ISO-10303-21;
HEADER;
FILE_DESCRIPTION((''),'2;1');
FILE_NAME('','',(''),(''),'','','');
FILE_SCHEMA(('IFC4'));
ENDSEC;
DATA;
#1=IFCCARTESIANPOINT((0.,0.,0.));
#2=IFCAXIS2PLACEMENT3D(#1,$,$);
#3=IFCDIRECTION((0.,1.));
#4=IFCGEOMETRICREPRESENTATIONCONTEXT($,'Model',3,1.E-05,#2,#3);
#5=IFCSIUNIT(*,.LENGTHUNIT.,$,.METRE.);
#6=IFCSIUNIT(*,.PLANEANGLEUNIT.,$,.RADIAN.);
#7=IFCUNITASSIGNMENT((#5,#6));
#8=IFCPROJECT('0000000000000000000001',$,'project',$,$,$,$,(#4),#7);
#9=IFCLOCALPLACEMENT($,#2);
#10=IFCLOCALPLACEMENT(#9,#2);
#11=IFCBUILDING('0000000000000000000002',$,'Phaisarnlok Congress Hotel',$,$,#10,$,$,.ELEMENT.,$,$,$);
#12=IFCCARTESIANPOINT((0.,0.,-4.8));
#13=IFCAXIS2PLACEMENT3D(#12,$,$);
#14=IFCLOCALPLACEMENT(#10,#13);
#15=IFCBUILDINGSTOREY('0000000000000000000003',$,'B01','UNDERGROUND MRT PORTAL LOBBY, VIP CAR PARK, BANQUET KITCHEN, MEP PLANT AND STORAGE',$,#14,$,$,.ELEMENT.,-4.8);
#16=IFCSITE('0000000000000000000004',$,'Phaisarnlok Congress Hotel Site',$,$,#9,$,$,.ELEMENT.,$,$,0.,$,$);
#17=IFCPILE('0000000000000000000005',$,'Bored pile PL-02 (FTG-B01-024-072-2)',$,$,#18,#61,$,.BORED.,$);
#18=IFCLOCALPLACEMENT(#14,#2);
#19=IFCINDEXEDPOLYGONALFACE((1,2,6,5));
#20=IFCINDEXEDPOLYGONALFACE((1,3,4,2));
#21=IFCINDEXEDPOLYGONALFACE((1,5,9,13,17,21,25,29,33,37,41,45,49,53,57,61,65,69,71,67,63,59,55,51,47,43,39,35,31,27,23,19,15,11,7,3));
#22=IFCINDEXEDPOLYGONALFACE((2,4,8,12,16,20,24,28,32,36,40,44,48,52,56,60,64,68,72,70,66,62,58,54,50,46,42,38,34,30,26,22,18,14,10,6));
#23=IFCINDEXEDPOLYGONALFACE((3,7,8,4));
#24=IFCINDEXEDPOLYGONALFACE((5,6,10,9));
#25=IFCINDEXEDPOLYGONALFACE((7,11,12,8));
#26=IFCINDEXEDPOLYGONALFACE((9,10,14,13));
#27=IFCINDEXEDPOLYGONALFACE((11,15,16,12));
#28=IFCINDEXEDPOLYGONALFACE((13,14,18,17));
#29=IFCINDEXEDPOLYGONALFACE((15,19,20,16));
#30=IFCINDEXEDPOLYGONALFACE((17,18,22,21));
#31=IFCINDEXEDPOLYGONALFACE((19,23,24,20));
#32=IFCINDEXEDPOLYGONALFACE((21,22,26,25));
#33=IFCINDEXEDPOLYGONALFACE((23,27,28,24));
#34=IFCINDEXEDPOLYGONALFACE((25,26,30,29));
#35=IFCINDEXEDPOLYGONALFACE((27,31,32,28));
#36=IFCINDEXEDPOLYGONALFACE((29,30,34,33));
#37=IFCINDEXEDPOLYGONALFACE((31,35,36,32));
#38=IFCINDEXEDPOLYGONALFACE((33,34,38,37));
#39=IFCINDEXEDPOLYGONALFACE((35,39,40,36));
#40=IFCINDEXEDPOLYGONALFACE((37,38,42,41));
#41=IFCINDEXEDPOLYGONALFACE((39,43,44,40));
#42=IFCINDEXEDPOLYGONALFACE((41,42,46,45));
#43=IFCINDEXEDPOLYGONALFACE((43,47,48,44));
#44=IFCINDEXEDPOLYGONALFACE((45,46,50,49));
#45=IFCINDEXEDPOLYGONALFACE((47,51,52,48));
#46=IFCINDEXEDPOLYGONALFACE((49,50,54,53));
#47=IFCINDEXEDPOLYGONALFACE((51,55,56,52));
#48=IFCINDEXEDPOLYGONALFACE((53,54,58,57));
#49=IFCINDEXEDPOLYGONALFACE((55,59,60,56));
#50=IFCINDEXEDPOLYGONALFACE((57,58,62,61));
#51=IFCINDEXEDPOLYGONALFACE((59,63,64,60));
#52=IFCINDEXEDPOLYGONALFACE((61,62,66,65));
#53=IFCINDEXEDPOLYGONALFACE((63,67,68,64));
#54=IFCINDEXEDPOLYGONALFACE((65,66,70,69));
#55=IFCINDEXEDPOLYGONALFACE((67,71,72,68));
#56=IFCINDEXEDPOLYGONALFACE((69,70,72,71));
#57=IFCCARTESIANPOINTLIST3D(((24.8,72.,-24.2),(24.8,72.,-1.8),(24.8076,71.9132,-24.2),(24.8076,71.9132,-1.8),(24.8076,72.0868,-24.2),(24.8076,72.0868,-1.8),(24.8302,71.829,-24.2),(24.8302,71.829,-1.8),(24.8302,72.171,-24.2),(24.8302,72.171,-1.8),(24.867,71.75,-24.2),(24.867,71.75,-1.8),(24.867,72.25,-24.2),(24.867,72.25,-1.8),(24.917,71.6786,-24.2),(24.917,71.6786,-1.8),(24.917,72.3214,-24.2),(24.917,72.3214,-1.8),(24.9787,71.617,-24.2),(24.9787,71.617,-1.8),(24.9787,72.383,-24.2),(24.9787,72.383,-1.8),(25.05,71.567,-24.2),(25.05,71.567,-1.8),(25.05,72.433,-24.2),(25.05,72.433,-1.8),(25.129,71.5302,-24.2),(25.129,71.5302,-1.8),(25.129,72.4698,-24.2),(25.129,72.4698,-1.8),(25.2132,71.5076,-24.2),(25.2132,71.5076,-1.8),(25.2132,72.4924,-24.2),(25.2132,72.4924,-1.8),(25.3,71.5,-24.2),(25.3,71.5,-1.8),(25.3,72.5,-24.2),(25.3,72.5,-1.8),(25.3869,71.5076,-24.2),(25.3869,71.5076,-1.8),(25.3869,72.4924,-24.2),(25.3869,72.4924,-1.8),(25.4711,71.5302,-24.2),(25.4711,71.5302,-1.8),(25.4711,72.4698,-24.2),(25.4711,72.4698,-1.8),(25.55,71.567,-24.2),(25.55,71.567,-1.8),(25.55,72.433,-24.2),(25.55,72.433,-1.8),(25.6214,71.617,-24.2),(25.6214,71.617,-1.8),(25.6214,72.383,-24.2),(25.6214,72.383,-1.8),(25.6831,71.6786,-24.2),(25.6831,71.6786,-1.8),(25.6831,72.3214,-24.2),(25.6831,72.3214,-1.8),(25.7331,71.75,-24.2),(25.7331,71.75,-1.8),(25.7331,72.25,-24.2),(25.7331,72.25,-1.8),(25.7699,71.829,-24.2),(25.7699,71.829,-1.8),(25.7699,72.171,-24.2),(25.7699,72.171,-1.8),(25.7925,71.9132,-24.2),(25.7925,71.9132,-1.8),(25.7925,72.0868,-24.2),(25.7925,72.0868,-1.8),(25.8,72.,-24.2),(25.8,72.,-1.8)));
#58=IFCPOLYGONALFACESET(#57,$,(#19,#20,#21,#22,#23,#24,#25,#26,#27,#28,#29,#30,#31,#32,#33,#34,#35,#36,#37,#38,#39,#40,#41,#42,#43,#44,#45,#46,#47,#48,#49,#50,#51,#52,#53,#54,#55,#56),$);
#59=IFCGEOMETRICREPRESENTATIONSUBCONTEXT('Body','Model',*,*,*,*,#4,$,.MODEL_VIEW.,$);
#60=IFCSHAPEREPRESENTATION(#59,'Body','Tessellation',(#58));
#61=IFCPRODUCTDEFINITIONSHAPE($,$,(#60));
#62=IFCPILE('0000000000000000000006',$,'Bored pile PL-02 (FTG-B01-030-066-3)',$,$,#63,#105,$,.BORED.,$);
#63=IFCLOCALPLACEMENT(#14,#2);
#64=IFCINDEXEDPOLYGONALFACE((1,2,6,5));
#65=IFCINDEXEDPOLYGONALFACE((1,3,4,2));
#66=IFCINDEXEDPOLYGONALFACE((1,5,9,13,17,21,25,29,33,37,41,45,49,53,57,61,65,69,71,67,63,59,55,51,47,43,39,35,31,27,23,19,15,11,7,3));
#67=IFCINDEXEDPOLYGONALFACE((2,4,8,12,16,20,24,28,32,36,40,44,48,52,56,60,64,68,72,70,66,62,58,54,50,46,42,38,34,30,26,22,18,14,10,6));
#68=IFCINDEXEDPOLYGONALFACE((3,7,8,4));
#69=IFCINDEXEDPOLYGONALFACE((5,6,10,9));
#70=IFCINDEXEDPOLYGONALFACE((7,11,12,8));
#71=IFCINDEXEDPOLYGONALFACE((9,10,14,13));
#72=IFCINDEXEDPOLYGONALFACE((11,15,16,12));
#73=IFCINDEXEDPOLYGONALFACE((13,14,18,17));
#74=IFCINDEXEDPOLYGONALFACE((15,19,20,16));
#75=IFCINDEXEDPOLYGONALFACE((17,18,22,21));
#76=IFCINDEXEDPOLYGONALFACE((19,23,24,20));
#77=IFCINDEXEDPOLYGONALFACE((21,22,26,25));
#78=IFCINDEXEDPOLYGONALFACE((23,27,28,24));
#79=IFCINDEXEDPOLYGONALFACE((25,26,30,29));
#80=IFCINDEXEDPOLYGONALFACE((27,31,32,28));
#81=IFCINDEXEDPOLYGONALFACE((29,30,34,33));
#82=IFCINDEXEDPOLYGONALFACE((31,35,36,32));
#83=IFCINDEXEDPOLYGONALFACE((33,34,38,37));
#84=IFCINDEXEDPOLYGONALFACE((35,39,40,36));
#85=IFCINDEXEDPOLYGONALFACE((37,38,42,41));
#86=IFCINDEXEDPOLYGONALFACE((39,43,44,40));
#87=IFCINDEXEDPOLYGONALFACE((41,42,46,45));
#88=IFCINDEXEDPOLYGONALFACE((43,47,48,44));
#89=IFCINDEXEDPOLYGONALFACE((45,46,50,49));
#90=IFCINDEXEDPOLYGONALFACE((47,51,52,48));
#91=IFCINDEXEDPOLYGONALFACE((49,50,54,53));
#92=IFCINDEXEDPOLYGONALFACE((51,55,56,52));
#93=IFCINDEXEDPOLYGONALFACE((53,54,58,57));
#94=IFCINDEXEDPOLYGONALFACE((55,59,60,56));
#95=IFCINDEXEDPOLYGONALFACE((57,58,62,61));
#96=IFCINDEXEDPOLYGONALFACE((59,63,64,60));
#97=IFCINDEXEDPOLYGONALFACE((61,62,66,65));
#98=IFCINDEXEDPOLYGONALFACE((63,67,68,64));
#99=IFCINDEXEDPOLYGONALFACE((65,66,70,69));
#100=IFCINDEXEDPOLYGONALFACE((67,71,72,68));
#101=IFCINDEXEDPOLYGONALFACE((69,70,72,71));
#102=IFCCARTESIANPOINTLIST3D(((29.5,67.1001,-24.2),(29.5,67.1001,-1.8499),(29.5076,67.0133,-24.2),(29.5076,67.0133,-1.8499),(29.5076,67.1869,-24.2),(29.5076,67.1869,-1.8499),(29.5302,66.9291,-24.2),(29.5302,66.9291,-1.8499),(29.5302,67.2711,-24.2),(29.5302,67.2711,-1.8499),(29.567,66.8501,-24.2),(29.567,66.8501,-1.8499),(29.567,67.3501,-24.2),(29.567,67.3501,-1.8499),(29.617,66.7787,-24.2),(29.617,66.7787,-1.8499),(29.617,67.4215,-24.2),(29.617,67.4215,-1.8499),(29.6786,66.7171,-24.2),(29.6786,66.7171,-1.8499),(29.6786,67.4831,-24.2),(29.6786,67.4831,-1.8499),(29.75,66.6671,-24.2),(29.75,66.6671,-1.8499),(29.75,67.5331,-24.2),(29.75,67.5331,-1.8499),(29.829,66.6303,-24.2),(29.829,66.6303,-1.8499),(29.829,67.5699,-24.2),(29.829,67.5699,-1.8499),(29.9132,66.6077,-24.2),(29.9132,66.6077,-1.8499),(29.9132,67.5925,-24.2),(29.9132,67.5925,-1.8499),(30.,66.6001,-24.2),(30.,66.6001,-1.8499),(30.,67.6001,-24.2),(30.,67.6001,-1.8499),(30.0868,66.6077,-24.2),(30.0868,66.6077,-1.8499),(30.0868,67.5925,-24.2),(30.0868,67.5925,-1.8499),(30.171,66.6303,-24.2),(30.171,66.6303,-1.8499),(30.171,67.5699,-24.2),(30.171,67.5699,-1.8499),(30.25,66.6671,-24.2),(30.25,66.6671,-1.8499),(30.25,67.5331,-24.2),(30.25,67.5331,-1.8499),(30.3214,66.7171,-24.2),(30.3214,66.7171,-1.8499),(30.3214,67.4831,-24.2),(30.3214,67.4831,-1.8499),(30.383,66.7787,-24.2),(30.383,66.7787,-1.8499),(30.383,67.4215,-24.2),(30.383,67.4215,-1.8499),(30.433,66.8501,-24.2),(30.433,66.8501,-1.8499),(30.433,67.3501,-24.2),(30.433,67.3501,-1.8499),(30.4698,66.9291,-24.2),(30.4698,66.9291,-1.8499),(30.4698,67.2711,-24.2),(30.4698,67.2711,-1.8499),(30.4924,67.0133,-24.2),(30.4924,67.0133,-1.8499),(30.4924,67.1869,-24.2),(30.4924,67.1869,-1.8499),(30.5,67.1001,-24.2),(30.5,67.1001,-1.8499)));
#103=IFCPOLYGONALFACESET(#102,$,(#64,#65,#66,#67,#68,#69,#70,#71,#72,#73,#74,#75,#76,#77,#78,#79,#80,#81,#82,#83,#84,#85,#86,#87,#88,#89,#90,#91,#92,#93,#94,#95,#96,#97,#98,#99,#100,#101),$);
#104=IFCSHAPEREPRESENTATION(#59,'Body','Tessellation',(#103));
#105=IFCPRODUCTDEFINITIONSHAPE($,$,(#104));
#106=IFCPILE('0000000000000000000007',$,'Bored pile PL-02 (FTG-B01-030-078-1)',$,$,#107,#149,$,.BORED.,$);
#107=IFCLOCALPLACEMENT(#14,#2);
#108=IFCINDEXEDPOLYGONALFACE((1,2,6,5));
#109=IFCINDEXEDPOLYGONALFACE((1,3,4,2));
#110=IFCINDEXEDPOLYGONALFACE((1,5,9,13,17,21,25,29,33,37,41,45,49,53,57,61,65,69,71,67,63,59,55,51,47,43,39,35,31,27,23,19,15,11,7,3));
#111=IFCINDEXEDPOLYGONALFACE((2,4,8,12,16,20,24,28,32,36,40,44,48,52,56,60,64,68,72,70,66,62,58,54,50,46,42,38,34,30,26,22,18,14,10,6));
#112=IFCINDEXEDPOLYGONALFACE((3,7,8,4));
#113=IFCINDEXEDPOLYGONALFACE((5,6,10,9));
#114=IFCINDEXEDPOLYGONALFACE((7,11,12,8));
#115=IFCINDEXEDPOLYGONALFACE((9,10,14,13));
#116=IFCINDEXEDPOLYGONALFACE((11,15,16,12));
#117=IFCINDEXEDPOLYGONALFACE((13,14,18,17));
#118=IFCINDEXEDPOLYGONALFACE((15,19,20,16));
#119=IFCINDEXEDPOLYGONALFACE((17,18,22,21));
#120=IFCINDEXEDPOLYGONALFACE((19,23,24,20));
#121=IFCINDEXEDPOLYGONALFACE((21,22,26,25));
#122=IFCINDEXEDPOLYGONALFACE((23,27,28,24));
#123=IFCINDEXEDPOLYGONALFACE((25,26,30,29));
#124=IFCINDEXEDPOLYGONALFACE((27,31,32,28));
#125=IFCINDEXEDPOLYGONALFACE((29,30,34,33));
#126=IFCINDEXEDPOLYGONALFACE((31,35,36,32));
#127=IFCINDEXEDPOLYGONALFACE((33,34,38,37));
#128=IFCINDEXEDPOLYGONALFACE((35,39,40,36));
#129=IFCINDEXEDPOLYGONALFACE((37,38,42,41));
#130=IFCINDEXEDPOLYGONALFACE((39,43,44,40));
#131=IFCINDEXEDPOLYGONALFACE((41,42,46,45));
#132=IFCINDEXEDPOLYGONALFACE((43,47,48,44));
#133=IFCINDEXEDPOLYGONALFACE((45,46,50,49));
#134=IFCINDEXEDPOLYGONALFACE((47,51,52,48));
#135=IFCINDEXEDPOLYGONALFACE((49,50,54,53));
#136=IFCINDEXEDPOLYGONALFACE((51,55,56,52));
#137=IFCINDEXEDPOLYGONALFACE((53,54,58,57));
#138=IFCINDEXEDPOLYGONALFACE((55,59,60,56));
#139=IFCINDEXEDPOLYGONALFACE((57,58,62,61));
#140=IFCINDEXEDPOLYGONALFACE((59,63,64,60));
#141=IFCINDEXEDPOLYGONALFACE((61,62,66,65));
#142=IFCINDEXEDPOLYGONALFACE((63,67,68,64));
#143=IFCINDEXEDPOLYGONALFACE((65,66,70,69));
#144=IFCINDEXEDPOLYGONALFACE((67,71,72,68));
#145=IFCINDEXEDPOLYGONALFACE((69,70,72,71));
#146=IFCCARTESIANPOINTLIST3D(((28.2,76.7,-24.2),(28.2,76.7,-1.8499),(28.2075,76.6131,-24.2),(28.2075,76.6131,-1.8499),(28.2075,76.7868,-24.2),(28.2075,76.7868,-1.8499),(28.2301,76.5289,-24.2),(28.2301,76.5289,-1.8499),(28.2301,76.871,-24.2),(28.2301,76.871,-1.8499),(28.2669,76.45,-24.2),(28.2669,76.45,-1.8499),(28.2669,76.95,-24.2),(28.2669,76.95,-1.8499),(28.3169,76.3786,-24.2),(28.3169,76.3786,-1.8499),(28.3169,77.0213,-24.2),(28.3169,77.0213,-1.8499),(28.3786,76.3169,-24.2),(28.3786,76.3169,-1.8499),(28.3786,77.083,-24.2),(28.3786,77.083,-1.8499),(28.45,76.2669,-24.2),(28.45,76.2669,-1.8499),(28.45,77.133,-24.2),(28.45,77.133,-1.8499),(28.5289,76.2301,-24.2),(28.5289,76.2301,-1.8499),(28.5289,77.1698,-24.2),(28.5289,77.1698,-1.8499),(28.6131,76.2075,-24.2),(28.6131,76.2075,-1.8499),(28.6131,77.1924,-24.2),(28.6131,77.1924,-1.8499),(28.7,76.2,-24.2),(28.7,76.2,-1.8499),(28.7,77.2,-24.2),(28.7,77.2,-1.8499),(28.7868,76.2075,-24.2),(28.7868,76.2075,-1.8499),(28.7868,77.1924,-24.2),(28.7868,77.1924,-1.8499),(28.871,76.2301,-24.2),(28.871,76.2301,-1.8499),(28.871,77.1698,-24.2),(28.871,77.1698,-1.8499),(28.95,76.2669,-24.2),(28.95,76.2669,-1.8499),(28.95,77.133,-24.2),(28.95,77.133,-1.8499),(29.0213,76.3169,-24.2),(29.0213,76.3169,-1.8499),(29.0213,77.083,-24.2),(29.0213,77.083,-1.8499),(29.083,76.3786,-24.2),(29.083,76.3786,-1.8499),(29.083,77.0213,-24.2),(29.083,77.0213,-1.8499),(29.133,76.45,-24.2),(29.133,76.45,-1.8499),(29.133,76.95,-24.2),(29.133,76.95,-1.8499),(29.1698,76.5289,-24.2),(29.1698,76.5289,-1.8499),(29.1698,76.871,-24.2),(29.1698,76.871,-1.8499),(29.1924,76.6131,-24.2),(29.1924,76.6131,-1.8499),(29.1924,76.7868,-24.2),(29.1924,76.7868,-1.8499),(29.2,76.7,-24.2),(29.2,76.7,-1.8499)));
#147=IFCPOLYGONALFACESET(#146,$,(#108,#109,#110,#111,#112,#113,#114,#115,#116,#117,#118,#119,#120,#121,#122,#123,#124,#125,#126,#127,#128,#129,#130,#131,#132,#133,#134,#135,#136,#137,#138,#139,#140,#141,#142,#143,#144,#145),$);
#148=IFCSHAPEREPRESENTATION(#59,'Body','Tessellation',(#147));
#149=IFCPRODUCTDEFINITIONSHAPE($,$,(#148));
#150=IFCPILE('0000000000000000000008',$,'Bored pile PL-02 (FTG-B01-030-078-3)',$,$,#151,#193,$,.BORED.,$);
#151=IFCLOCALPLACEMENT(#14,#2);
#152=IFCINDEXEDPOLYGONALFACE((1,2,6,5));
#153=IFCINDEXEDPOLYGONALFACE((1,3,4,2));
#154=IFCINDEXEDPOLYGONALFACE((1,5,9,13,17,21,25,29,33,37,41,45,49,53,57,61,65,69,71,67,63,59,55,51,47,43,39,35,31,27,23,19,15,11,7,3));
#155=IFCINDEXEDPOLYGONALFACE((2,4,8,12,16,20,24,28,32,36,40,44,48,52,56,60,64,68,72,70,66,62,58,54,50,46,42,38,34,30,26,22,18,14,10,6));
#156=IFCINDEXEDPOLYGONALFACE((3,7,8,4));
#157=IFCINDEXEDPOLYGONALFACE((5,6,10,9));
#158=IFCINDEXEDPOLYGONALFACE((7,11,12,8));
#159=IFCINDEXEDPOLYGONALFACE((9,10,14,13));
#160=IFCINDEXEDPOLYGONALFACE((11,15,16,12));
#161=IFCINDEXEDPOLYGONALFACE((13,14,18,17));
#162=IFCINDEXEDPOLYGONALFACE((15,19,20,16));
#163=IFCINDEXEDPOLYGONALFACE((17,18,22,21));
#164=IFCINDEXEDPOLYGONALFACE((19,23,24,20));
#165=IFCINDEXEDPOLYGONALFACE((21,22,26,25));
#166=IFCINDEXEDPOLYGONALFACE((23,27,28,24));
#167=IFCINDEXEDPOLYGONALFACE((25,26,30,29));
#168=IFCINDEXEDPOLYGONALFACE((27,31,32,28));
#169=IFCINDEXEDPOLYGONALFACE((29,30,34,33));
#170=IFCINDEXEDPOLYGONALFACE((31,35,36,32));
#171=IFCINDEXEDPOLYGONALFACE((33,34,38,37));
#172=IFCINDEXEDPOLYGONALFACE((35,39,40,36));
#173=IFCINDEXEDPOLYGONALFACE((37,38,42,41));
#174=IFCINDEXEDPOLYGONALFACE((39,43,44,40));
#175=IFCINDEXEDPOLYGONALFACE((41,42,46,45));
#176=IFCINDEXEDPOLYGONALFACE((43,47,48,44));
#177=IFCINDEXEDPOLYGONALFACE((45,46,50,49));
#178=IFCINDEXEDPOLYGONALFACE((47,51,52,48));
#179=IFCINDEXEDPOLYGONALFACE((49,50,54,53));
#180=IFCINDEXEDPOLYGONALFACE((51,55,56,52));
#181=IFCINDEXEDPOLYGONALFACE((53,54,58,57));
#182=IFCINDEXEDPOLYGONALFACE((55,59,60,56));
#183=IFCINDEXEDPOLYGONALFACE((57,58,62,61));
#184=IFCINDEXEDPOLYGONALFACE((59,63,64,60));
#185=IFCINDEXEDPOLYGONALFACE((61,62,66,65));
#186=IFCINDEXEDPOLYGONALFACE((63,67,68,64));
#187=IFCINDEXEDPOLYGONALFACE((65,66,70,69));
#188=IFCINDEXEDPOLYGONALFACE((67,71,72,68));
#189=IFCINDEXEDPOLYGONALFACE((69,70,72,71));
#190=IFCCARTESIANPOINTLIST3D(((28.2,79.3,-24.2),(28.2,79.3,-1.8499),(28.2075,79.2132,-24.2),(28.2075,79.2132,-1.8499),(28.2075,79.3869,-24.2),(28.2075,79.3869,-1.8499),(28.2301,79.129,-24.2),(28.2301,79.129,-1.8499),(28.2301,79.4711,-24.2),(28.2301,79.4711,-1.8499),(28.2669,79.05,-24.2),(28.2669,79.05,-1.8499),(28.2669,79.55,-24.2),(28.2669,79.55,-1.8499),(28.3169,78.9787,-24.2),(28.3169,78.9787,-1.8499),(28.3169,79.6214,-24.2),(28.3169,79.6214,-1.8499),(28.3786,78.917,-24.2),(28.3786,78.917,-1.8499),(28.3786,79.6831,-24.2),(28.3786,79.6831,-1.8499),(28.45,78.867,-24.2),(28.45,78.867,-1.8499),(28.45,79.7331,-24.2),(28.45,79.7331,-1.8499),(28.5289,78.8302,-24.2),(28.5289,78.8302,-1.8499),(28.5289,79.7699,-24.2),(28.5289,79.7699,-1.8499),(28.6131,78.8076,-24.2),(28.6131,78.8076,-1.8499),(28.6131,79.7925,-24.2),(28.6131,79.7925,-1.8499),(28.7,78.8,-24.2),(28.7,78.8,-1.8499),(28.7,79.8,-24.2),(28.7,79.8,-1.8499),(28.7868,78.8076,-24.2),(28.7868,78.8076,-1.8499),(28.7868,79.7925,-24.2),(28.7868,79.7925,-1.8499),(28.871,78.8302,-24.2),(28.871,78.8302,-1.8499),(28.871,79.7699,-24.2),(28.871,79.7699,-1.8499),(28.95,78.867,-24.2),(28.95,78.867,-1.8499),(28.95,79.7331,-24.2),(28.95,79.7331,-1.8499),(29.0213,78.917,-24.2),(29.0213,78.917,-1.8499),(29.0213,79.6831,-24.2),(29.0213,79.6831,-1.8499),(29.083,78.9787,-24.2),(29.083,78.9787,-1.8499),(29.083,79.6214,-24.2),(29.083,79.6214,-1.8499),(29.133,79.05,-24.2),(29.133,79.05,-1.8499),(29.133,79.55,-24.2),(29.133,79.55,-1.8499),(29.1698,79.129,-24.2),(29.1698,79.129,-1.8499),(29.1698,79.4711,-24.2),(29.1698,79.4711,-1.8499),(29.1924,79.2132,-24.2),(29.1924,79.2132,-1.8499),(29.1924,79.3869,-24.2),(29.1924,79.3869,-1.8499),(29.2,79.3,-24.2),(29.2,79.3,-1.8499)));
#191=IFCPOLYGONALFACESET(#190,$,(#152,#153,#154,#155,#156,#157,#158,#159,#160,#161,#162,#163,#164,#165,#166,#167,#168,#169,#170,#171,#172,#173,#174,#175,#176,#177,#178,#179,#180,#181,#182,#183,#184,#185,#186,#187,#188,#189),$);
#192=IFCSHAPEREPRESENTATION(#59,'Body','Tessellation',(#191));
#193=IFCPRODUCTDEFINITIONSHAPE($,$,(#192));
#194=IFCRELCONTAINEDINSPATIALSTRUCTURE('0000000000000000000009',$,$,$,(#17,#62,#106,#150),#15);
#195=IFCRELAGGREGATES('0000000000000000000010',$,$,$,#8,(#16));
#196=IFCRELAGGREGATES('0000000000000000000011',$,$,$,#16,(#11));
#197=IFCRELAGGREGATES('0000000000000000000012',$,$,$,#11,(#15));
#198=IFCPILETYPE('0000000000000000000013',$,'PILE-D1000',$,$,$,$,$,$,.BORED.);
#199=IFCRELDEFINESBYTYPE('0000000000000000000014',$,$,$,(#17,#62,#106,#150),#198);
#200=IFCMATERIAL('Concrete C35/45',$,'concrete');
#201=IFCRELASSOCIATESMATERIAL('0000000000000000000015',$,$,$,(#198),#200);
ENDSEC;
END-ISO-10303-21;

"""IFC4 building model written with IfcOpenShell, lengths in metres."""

from ifc_helpers import new_model, si_unit, direction, frame, origin, origin_2d, place, context, subcontext, project, spatial, circle, extrude, material, material_profile, profile_set, type_object, element, save


model = new_model("IFC4")

# Units and contexts
model_context = context("Model", 3, precision=1e-05, world=origin(), true_north=direction((0.0, 1.0)))
body_context = subcontext(model_context, "Body", "Model", "MODEL_VIEW")
ifc_project = project(units=[si_unit("LENGTHUNIT", "METRE"), si_unit("PLANEANGLEUNIT", "RADIAN")], contexts=[model_context])

# Site, building, storey
site_placement = place(None, origin())
site = spatial("IfcSite", under=ifc_project, at=site_placement, Name="Phaisarnlok Congress Hotel Site", CompositionType="ELEMENT", RefElevation=0.0)
building_placement = place(site_placement, origin())
building = spatial("IfcBuilding", under=site, at=building_placement, Name="Phaisarnlok Congress Hotel", CompositionType="ELEMENT")
storey_placement = place(building_placement, frame((0.0, 0.0, -4.8)))
storey = spatial("IfcBuildingStorey", under=building, at=storey_placement, Name="B01", Description="UNDERGROUND MRT PORTAL LOBBY, VIP CAR PARK, BANQUET KITCHEN, MEP PLANT AND STORAGE", CompositionType="ELEMENT", Elevation=-4.8)

# Piles
ifc_material_1 = material(Name="Concrete C35/45", Category="concrete")
ifc_material_profile_1 = material_profile(ifc_material_1, circle(Radius=0.5, at=origin_2d()), Name="BORED PILE D1000")
ifc_profile_set_1 = profile_set([ifc_material_profile_1], Name="Concrete C35/45")
pile_type_1 = type_object("IfcPileType", Name="PILE-D1000", PredefinedType="BORED", material=ifc_profile_set_1)
for number, where, z_axis, x_axis, name in (
    (1, (25.3, 72.0, -1.8), (0.0, 0.0, -1.0), (1.0, 0.0, 0.0), "Bored pile PL-02 (FTG-B01-024-072-2)"),
):
    element("IfcPile", number, at=place(storey_placement, frame(where, z_axis=z_axis, x_axis=x_axis)), inside=storey, type_object=pile_type_1, Name=name, PredefinedType="BORED", context=body_context, shape_type="SweptSolid", body=[
        extrude(circle(Radius=0.5, at=origin_2d()), origin(), (0.0, 0.0, 1.0), 22.3999),
    ])
for number, where, z_axis, x_axis, name in (
    (2, (30.0, 67.1001, -1.8499), (0.0, 0.0, -1.0), (1.0, 0.0, 0.0), "Bored pile PL-02 (FTG-B01-030-066-3)"),
    (3, (28.7, 76.7, -1.8499), (0.0, 0.0, -1.0), (1.0, 0.0, 0.0), "Bored pile PL-02 (FTG-B01-030-078-1)"),
    (4, (28.7, 79.3, -1.8499), (0.0, 0.0, -1.0), (1.0, 0.0, 0.0), "Bored pile PL-02 (FTG-B01-030-078-3)"),
):
    element("IfcPile", number, at=place(storey_placement, frame(where, z_axis=z_axis, x_axis=x_axis)), inside=storey, type_object=pile_type_1, Name=name, PredefinedType="BORED", context=body_context, shape_type="SweptSolid", body=[
        extrude(circle(Radius=0.5, at=origin_2d()), origin(), (0.0, 0.0, 1.0), 22.3501),
    ])

save(model, "model.ifc")
